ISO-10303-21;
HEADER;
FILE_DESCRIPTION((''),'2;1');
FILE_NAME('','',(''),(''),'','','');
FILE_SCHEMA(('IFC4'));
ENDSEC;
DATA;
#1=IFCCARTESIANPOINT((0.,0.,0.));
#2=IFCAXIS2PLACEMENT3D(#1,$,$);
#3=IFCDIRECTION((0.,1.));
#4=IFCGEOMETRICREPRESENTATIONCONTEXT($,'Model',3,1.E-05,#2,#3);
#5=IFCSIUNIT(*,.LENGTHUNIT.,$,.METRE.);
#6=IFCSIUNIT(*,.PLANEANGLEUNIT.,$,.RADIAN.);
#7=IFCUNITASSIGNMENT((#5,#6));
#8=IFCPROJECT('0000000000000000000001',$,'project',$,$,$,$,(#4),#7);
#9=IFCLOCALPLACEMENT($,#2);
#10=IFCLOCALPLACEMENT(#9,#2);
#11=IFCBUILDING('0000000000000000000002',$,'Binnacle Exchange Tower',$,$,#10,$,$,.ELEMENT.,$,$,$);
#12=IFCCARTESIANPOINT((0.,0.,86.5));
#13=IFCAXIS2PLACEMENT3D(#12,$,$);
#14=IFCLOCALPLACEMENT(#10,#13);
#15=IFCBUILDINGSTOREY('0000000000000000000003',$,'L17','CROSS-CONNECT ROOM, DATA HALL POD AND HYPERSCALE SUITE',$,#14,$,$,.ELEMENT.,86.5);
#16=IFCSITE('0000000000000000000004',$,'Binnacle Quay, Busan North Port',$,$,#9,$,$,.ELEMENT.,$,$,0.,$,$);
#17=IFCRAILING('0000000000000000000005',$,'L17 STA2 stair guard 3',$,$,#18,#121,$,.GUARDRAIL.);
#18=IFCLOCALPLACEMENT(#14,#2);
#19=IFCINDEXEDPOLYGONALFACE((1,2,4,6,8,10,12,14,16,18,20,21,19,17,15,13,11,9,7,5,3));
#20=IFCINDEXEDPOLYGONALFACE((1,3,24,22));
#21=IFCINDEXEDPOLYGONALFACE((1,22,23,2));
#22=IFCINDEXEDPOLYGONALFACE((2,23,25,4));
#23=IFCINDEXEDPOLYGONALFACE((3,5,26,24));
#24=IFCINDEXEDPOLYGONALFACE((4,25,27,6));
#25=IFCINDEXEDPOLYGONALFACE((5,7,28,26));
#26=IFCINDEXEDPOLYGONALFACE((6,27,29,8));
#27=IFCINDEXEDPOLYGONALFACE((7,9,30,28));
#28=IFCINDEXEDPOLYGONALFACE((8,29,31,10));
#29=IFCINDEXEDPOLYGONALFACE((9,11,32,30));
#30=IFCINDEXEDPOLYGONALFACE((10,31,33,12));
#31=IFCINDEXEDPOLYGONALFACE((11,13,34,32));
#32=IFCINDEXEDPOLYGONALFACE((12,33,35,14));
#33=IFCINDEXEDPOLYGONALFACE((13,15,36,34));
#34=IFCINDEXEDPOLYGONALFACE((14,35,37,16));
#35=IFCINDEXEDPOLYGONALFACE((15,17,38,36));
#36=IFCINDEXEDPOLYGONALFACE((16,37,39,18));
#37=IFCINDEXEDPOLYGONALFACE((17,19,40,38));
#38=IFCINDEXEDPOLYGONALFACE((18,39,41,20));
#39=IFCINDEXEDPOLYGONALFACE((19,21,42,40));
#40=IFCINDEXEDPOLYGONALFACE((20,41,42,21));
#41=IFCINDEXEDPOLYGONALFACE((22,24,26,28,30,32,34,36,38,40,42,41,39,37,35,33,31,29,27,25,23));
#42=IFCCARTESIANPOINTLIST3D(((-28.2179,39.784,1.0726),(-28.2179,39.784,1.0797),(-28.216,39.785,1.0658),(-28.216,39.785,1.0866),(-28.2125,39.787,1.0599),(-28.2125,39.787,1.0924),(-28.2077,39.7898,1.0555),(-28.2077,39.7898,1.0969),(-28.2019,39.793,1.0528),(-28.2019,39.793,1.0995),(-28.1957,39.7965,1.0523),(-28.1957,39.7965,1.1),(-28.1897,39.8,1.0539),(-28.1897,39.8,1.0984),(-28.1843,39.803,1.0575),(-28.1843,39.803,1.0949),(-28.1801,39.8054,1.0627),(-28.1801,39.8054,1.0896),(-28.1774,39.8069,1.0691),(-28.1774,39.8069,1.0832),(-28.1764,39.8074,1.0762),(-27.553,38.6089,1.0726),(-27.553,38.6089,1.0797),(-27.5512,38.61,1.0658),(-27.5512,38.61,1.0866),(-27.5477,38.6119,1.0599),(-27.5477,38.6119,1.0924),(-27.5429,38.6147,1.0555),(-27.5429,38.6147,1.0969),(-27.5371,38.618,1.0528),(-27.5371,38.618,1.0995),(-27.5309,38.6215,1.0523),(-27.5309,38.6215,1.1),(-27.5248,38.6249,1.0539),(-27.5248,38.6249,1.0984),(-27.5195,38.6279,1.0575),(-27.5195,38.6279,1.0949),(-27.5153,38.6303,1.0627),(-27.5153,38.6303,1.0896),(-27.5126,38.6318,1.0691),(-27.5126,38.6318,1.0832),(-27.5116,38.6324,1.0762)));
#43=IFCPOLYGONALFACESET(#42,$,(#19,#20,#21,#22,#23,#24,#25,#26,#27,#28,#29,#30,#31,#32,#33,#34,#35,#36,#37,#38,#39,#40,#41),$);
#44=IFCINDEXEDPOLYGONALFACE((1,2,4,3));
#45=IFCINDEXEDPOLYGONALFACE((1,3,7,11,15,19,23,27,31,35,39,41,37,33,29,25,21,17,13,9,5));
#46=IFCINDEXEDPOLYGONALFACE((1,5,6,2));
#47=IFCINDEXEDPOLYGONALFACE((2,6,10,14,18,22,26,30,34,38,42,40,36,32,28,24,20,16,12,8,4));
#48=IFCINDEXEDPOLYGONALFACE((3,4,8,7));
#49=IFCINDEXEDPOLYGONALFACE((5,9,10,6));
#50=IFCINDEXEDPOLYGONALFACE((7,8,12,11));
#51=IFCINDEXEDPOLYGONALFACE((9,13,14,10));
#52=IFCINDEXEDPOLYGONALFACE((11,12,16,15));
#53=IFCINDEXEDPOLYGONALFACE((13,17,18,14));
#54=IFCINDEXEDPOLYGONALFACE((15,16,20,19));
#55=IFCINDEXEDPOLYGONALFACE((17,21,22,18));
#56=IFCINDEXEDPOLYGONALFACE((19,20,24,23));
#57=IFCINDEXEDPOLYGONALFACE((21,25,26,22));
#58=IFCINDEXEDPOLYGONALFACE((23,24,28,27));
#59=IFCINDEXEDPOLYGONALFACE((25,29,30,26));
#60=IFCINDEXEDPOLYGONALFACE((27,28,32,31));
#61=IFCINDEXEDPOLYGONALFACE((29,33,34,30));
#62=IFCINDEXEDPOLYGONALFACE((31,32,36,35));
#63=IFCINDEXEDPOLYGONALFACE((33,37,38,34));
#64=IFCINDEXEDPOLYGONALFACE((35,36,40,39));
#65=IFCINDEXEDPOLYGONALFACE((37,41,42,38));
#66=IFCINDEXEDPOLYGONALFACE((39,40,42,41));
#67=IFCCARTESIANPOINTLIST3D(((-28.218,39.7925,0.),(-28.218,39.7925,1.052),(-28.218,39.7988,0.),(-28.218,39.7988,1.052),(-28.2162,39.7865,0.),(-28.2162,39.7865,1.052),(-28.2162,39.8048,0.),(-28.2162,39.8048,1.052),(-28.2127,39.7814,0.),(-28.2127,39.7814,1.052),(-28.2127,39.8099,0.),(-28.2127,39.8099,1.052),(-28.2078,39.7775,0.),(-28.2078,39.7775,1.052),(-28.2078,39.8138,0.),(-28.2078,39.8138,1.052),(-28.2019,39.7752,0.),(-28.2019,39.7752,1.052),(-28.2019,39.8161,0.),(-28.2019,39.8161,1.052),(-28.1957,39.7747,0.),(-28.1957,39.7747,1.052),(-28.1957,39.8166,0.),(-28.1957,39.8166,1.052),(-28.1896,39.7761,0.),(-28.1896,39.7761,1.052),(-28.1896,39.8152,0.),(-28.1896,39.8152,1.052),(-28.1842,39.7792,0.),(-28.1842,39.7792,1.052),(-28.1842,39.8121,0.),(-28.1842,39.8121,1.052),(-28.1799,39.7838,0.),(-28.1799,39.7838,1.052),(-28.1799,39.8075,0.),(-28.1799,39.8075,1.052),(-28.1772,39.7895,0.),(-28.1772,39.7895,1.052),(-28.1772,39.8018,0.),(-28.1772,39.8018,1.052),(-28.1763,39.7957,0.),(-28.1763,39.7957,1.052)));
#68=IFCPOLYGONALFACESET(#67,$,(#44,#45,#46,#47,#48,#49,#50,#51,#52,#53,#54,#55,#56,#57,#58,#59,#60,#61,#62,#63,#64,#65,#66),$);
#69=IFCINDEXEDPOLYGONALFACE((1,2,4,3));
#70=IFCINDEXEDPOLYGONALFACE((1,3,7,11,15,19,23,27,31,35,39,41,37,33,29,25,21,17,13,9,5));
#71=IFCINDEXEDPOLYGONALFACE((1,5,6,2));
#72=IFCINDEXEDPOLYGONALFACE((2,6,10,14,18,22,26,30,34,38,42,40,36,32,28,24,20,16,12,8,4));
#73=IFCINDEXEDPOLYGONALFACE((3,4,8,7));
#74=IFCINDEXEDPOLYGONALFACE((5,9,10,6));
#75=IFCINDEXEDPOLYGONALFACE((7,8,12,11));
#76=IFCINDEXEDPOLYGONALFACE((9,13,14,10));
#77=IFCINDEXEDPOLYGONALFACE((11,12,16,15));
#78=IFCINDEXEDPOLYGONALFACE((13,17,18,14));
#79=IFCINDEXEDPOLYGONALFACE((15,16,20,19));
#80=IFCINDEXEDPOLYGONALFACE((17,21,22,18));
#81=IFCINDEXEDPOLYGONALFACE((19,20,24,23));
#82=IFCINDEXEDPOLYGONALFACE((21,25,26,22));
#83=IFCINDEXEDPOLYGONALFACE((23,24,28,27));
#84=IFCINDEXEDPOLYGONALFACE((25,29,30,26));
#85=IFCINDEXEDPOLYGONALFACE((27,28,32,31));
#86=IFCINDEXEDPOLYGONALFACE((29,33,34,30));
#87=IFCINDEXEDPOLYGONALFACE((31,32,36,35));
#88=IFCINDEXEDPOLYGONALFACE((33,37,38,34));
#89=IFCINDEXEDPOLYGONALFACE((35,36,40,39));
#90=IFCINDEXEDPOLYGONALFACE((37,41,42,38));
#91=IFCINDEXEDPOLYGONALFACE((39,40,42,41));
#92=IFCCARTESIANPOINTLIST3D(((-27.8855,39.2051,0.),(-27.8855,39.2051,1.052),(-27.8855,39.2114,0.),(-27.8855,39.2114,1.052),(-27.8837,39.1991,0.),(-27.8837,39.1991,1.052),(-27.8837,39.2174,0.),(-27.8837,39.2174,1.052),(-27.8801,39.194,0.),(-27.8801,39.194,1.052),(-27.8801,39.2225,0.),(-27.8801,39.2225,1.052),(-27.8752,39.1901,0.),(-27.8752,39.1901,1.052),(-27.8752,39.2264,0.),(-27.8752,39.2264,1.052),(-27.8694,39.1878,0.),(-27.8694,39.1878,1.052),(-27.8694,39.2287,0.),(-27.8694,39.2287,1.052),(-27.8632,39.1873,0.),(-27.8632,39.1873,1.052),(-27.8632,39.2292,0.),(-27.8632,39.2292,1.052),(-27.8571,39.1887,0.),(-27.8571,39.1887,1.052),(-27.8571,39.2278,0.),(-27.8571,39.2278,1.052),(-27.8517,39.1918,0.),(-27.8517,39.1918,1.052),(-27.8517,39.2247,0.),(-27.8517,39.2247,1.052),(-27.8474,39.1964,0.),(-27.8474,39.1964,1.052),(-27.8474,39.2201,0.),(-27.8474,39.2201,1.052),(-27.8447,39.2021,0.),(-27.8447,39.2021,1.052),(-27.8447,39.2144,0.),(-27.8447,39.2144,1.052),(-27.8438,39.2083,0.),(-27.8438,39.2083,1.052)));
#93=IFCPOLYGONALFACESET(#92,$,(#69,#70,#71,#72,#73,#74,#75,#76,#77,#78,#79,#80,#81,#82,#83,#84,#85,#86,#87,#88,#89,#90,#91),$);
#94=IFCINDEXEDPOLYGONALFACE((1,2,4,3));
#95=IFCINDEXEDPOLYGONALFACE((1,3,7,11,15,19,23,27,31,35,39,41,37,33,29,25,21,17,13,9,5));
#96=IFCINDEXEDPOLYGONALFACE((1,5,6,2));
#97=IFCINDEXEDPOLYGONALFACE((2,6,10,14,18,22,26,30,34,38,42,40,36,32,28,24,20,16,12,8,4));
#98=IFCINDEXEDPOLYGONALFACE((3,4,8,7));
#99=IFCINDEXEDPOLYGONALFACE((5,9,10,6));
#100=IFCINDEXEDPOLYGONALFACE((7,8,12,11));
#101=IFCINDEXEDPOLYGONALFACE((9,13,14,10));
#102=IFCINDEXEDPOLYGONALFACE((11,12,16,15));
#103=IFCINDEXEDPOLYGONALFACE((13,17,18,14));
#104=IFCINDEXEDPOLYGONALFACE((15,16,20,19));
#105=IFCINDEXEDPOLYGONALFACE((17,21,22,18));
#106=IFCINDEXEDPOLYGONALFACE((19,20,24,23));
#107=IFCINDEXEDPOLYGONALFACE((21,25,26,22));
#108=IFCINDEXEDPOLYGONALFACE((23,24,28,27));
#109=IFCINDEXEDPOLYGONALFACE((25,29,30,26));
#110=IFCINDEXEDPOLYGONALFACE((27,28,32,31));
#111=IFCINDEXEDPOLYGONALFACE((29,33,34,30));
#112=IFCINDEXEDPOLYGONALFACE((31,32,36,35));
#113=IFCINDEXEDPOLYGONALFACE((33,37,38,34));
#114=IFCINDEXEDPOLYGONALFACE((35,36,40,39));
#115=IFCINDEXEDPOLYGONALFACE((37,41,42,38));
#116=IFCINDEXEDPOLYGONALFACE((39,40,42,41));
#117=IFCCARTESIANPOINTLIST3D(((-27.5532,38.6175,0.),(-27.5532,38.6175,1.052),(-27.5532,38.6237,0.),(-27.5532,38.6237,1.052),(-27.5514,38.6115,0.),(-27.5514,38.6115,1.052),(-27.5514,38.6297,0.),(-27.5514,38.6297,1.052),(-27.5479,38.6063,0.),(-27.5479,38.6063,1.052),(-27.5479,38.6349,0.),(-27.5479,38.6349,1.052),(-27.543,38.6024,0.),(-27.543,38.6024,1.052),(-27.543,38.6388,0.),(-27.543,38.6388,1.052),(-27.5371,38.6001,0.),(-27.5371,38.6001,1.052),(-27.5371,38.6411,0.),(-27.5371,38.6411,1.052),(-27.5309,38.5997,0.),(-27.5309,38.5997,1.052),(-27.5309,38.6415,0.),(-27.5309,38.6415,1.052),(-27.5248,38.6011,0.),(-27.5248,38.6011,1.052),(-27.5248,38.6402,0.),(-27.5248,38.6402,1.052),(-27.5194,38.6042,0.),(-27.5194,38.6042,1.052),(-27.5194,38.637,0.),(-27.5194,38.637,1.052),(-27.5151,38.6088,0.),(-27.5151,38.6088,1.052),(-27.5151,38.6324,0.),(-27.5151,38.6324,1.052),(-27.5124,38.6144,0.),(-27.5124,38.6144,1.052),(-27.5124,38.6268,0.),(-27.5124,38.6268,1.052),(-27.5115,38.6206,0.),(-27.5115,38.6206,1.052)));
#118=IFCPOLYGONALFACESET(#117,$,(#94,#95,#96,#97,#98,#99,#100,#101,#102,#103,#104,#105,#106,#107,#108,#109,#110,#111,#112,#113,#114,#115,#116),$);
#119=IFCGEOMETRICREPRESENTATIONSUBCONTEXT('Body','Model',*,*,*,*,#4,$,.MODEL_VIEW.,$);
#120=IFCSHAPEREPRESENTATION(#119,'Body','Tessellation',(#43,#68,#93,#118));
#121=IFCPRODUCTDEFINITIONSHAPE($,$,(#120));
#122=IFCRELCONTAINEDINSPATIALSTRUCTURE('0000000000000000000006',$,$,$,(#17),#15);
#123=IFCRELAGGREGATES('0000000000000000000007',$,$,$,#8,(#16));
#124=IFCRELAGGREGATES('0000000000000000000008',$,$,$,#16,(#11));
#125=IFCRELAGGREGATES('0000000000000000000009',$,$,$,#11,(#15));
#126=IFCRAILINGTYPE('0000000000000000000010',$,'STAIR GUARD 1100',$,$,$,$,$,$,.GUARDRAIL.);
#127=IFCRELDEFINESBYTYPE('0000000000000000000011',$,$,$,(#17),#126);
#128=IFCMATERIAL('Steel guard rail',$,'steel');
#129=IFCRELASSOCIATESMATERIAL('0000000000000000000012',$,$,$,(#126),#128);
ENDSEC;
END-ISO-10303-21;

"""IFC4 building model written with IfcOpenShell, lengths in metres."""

from ifc_helpers import new_model, si_unit, direction, frame, origin, origin_2d, place, context, subcontext, project, spatial, circle, extrude, material, type_object, element, save


model = new_model("IFC4")

# Units and contexts
model_context = context("Model", 3, precision=1e-05, world=origin(), true_north=direction((0.0, 1.0)))
body_context = subcontext(model_context, "Body", "Model", "MODEL_VIEW")
ifc_project = project(units=[si_unit("LENGTHUNIT", "METRE"), si_unit("PLANEANGLEUNIT", "RADIAN")], contexts=[model_context])

# Site, building, storey
site_placement = place(None, origin())
site = spatial("IfcSite", under=ifc_project, at=site_placement, Name="Binnacle Quay, Busan North Port", CompositionType="ELEMENT", RefElevation=0.0)
building_placement = place(site_placement, origin())
building = spatial("IfcBuilding", under=site, at=building_placement, Name="Binnacle Exchange Tower", CompositionType="ELEMENT")
storey_placement = place(building_placement, frame((0.0, 0.0, 86.5)))
storey = spatial("IfcBuildingStorey", under=building, at=storey_placement, Name="L17", Description="CROSS-CONNECT ROOM, DATA HALL POD AND HYPERSCALE SUITE", CompositionType="ELEMENT", Elevation=86.5)

# Railing
ifc_material_1 = material(Name="Steel guard rail", Category="steel")
railing_type_1 = type_object("IfcRailingType", Name="STAIR GUARD 1100", PredefinedType="GUARDRAIL", material=ifc_material_1)
railing_1_placement = place(storey_placement, frame((-28.1973, 39.7957, 0.0)))
element("IfcRailing", 1, at=railing_1_placement, inside=storey, type_object=railing_type_1, Name="L17 STA2 stair guard 3", PredefinedType="GUARDRAIL", context=body_context, shape_type="SweptSolid", body=[
    extrude(circle(Radius=0.0239, at=origin_2d()), frame((0.0, 0.0, 1.0762), z_axis=(0.492415, -0.870361, 0.0), x_axis=(0.870361, 0.492415, 0.0)), (0.0, 0.0, 1.0), 1.3501),
    extrude(circle(Radius=0.021, at=origin_2d()), origin(), (0.0, 0.0, 1.0), 1.052),
    extrude(circle(Radius=0.021, at=origin_2d()), frame((0.3325, -0.5874, 0.0)), (0.0, 0.0, 1.0), 1.052),
    extrude(circle(Radius=0.021, at=origin_2d()), frame((0.6648, -1.175, 0.0)), (0.0, 0.0, 1.0), 1.052),
])

save(model, "model.ifc")
